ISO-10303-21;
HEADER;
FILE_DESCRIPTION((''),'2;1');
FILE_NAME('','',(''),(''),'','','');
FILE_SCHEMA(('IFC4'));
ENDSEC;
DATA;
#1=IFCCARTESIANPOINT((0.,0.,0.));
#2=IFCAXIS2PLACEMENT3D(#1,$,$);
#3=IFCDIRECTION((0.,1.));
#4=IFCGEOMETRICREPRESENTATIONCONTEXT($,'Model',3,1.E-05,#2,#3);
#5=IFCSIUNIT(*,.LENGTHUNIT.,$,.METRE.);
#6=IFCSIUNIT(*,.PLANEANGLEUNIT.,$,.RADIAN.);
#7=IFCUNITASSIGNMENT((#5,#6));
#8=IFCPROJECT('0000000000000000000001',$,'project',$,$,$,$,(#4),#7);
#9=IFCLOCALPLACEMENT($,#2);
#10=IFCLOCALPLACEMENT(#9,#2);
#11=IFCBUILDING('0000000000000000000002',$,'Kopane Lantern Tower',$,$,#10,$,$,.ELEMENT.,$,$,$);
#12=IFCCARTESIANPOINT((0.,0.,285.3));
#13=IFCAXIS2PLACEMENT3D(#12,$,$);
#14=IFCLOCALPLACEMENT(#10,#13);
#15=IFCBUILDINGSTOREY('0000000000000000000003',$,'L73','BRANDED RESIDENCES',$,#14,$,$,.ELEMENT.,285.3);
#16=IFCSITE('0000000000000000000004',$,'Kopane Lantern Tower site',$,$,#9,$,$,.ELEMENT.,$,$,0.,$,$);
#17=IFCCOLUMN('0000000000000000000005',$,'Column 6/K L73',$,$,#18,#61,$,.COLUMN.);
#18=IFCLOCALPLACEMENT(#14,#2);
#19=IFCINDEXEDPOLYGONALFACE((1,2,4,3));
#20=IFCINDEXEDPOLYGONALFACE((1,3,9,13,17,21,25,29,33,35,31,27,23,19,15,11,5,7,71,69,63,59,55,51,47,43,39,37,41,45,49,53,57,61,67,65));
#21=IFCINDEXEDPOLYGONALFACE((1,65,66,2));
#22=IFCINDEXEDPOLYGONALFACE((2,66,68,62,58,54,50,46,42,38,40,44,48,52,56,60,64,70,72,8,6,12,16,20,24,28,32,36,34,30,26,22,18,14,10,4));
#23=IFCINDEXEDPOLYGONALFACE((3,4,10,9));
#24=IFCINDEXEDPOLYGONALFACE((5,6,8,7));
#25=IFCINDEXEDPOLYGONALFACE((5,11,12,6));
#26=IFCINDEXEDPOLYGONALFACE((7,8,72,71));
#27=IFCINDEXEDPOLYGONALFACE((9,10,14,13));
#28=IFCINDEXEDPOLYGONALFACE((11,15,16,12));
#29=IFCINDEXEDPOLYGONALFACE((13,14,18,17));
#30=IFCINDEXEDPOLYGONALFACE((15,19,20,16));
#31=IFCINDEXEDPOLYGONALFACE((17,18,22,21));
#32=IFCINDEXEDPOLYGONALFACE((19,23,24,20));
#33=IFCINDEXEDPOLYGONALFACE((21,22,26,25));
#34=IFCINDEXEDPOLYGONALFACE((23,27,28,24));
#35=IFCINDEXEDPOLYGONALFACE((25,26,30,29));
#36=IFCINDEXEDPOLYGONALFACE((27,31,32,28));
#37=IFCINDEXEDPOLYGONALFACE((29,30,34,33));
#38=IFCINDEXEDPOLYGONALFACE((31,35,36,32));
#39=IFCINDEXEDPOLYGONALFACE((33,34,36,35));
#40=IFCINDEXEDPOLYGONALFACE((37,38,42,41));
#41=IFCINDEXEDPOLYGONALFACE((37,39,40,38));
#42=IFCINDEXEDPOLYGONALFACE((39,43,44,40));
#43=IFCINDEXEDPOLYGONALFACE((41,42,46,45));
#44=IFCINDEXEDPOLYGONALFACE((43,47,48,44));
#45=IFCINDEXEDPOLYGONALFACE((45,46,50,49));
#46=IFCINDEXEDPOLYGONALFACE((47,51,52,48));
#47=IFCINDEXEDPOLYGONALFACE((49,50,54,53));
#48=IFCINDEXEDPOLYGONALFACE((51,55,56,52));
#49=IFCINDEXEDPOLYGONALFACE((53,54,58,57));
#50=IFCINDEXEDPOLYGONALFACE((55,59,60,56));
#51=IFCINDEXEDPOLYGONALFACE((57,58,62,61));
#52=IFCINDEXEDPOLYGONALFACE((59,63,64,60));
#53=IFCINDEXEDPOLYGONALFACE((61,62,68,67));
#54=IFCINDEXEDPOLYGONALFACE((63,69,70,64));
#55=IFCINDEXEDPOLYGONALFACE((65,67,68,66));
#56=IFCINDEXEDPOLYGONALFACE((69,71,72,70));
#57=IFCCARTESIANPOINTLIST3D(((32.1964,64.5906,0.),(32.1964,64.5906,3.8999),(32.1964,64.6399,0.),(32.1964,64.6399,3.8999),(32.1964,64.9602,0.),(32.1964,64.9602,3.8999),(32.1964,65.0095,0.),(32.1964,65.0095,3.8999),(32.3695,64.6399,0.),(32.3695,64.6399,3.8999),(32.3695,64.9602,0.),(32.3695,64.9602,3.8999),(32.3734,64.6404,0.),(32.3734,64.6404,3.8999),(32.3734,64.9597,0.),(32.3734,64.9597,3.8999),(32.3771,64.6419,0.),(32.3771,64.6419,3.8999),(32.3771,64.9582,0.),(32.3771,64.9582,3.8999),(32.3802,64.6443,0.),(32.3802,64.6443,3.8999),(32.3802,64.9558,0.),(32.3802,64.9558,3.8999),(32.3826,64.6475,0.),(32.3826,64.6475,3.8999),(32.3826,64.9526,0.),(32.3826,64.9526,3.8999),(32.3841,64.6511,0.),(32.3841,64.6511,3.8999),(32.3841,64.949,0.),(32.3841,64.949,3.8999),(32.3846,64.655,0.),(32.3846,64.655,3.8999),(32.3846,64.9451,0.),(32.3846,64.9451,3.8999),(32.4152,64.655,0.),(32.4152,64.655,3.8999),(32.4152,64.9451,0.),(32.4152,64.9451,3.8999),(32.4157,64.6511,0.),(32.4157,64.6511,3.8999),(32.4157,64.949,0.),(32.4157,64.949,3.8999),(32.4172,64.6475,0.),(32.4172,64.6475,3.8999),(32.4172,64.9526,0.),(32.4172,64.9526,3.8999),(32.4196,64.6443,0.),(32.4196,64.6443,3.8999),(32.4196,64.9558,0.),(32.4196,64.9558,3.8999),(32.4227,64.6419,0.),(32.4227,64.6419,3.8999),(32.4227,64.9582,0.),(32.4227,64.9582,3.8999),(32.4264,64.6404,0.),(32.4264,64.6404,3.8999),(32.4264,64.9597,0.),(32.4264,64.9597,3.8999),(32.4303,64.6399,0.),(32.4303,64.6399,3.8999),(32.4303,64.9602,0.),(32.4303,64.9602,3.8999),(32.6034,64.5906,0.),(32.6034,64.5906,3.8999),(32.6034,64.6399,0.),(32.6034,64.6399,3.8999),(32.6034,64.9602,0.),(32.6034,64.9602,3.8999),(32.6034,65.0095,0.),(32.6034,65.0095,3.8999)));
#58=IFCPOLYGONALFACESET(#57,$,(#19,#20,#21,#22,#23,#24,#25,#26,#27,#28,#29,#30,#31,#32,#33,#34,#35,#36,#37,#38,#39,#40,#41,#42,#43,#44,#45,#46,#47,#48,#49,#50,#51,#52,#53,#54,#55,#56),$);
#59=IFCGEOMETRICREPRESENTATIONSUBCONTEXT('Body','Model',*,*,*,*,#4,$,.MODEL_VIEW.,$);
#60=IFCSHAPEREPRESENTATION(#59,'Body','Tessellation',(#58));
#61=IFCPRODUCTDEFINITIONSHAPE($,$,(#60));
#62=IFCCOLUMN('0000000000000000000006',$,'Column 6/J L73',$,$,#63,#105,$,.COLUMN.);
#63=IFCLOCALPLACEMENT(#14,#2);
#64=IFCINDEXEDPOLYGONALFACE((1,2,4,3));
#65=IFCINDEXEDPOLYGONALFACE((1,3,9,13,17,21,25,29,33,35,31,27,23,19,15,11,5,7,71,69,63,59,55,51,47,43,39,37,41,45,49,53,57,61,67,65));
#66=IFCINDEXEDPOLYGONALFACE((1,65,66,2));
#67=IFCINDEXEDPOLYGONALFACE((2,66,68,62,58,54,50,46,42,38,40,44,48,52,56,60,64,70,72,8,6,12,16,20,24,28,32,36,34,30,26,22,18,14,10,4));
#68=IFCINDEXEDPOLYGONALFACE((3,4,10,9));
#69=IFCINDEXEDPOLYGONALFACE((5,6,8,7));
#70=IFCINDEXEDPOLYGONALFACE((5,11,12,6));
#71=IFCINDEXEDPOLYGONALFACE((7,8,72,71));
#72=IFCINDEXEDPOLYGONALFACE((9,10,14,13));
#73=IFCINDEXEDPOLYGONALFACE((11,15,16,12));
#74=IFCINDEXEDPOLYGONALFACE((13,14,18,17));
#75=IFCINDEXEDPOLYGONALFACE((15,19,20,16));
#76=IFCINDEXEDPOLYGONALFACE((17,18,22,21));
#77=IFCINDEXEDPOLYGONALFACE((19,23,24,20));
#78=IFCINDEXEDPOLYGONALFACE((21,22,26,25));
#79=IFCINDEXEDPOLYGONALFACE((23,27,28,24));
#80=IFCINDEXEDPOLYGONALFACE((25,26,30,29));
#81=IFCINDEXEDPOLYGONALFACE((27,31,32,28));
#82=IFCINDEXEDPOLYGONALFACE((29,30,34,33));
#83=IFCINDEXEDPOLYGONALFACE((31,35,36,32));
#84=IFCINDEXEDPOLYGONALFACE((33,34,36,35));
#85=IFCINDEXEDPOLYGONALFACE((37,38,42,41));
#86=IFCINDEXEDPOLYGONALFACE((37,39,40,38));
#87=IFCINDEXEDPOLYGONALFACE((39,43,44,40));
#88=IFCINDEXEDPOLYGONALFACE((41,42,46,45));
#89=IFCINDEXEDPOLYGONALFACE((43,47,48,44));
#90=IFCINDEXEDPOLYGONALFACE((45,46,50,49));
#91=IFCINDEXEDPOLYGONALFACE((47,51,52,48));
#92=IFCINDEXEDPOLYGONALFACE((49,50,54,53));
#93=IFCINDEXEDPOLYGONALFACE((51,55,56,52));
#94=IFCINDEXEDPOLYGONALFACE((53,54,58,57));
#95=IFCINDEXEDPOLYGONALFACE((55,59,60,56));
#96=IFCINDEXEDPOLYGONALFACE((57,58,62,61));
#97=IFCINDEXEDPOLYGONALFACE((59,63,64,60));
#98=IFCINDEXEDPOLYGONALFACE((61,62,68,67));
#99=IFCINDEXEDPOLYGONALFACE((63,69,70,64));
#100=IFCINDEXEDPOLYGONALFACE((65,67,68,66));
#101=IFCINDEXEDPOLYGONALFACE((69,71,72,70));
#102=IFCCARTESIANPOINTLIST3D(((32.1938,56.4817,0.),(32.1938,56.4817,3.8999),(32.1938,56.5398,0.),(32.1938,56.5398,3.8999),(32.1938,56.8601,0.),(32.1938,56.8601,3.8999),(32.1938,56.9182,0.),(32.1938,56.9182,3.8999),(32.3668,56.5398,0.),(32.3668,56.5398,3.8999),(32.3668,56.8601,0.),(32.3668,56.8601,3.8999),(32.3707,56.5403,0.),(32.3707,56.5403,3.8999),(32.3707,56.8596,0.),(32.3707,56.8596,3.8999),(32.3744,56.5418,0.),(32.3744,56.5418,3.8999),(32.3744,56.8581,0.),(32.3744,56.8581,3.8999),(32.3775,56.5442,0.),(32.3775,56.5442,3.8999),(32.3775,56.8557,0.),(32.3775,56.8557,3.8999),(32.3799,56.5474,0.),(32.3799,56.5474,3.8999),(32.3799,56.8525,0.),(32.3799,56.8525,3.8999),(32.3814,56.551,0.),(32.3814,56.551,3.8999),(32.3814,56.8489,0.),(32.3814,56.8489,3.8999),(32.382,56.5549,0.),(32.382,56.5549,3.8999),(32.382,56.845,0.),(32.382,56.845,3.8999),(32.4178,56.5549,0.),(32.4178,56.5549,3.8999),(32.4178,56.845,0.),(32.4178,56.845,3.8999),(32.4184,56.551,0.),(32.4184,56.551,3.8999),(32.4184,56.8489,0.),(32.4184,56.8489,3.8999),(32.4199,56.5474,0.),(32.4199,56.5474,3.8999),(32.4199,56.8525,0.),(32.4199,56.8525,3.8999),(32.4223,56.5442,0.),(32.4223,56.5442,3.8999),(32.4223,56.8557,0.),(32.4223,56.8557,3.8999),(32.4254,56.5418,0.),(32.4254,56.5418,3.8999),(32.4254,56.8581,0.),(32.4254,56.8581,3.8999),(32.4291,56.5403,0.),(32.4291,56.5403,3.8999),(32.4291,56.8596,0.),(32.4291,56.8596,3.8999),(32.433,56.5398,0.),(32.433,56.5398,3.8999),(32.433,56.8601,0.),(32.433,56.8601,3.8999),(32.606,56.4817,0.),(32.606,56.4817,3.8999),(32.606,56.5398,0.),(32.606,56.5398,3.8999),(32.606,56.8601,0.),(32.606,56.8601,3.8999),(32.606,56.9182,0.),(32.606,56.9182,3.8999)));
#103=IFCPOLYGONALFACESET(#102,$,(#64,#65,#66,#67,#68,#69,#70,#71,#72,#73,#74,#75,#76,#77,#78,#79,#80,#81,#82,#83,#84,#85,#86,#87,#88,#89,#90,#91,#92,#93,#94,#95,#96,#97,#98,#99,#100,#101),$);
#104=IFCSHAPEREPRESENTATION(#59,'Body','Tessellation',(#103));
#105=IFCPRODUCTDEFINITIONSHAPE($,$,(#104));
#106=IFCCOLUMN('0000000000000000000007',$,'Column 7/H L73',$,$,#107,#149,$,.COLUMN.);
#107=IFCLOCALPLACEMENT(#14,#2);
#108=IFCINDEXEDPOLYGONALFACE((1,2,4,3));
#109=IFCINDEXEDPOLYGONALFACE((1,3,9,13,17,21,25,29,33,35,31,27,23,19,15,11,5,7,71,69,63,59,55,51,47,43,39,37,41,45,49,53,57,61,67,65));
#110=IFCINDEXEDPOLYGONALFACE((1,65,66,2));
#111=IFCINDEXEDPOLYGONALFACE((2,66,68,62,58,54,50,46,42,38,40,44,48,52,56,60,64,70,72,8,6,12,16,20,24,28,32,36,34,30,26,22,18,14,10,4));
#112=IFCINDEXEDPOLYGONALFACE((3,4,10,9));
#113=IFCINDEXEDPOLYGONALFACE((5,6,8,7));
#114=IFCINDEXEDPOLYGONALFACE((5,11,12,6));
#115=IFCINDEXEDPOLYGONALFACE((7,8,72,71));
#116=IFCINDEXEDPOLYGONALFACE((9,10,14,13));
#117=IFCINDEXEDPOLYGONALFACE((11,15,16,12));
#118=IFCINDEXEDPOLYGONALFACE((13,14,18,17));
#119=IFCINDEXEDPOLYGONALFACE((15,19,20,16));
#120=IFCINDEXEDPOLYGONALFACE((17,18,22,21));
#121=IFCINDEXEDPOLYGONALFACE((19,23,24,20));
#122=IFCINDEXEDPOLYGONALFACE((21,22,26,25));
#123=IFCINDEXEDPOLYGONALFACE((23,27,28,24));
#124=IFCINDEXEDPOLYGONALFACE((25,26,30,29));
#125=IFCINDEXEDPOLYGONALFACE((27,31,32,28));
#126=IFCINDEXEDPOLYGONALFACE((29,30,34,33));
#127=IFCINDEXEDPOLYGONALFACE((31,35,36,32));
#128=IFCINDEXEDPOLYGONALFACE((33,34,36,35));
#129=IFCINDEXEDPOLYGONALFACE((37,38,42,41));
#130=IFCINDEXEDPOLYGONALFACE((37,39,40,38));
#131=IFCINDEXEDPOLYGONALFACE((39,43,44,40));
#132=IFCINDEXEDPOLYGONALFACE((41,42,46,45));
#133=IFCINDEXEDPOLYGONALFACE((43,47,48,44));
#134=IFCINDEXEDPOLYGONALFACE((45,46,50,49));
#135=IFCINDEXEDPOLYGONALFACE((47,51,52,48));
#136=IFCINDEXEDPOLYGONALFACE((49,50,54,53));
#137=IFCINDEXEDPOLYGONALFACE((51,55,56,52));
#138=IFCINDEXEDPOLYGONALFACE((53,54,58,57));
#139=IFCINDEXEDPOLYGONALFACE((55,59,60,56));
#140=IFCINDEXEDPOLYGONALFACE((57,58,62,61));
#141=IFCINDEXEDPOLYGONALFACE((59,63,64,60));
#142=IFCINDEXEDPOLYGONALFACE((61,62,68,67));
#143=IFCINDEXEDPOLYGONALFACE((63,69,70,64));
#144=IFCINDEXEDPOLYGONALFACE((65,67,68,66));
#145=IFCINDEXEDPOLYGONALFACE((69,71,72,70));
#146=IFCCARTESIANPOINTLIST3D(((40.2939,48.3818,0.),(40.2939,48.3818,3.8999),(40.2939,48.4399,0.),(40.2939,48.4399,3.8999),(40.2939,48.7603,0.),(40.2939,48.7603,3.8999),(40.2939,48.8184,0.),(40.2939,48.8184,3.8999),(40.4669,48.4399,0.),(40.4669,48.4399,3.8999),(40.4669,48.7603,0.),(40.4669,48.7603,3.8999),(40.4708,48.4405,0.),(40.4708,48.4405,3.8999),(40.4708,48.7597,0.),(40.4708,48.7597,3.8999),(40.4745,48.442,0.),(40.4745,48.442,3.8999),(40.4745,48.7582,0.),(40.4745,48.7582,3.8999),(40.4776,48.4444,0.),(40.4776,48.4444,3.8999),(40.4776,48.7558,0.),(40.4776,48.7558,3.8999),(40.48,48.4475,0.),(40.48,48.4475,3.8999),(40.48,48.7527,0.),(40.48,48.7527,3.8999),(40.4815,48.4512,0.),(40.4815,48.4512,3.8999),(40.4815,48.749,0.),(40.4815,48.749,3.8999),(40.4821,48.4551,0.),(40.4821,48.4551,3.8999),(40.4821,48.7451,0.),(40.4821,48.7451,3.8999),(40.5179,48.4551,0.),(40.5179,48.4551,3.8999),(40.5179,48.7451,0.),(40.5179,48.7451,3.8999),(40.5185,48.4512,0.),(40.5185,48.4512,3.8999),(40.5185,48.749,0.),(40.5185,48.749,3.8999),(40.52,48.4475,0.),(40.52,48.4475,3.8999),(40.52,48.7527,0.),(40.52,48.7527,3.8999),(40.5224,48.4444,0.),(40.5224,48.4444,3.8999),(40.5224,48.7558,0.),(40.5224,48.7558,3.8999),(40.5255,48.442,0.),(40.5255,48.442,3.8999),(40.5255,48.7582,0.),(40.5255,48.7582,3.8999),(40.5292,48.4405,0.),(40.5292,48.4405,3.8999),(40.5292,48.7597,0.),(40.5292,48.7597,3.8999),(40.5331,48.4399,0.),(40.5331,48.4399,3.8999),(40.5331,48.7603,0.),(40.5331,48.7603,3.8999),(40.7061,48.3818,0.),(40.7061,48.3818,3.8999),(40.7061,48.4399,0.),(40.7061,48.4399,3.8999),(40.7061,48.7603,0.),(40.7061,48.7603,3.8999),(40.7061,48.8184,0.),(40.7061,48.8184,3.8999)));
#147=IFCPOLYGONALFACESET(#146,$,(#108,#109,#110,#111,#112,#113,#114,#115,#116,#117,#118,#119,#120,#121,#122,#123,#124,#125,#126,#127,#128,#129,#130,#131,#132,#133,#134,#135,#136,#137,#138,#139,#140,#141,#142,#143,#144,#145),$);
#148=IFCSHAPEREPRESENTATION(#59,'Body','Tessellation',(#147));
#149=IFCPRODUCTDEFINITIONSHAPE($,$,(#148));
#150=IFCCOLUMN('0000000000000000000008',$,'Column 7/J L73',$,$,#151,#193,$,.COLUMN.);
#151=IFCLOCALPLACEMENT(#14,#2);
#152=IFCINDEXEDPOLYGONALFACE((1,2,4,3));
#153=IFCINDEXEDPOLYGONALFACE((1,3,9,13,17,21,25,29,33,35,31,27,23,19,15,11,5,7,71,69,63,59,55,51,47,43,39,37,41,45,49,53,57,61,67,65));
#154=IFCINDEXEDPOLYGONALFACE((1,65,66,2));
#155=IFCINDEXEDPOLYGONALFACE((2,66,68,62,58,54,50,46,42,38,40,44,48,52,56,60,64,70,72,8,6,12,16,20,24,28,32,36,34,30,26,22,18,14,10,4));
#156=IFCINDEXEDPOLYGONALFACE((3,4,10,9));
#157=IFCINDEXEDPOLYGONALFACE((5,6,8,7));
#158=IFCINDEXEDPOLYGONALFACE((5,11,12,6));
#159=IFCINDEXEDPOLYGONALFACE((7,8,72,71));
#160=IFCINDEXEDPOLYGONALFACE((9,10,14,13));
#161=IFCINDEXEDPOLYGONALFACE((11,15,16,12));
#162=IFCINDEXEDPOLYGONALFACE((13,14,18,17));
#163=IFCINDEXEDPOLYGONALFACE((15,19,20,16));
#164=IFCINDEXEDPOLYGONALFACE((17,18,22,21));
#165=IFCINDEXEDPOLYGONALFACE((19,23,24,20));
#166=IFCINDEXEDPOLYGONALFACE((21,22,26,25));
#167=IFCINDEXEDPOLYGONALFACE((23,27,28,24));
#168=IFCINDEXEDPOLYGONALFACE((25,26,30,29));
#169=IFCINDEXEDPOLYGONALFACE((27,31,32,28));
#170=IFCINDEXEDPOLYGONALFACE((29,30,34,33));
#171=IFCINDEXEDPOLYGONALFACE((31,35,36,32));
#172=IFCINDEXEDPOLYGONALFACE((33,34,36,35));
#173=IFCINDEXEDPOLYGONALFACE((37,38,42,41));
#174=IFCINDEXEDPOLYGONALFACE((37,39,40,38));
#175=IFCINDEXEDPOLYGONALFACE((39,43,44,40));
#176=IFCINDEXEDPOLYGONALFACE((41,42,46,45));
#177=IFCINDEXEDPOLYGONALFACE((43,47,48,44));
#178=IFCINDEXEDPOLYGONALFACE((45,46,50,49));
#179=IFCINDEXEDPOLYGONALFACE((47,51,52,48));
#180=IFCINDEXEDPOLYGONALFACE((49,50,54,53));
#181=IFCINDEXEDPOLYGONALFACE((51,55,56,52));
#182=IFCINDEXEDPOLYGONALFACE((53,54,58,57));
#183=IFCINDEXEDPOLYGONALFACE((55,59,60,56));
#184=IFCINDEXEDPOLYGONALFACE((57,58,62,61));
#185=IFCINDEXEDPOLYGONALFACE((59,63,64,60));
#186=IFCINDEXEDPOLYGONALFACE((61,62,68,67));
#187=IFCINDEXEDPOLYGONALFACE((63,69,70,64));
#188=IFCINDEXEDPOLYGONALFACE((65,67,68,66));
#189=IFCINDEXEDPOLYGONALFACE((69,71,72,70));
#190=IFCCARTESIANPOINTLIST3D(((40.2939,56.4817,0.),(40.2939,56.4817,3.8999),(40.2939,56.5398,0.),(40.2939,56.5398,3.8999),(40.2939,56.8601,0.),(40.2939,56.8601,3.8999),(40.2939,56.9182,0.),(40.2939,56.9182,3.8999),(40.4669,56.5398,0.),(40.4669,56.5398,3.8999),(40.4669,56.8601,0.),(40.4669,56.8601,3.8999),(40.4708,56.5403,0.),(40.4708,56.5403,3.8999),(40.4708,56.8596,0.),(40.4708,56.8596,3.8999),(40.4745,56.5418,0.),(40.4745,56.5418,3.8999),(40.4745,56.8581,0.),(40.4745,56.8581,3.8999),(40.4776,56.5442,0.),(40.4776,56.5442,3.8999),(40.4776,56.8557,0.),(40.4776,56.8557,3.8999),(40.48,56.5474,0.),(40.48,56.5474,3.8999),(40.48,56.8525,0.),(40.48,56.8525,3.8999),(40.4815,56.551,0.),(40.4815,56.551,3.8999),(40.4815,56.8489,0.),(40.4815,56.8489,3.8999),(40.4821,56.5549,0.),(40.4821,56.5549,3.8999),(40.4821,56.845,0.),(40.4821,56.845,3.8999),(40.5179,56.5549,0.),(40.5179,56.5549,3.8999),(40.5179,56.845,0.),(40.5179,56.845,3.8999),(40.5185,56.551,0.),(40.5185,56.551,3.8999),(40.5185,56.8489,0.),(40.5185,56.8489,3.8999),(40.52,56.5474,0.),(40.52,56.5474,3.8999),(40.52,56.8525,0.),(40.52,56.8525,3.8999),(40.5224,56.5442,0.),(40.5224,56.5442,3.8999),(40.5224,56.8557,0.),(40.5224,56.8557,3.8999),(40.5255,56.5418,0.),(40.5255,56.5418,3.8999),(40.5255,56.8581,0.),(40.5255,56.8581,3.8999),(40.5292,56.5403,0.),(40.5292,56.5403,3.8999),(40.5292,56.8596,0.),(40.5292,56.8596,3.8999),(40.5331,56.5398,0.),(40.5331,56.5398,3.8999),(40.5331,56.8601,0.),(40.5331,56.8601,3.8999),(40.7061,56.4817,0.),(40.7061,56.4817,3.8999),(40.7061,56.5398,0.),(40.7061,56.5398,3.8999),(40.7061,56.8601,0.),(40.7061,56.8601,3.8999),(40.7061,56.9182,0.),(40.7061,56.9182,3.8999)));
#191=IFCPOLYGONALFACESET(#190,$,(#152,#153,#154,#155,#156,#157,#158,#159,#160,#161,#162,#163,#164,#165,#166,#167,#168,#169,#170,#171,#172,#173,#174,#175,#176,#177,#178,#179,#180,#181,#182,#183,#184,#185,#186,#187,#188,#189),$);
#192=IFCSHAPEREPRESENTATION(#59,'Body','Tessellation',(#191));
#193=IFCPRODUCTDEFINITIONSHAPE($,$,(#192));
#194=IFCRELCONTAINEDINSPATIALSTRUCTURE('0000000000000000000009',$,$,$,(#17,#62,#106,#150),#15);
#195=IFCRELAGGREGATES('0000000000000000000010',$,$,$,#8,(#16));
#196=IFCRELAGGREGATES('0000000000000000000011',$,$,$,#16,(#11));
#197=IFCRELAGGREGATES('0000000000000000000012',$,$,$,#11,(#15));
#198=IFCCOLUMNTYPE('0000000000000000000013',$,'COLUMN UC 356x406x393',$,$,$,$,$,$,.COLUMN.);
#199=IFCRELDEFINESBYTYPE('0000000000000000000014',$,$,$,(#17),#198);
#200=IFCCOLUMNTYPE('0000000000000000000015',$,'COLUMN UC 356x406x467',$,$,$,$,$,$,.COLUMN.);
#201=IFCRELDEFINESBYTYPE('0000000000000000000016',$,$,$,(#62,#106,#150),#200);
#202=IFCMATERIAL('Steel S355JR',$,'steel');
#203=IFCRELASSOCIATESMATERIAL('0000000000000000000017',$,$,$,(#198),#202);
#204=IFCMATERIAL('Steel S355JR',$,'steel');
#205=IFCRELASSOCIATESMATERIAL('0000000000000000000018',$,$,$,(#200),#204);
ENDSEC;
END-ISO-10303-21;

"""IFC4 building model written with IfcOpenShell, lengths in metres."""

from ifc_helpers import new_model, si_unit, direction, frame, origin, origin_2d, place, context, subcontext, project, spatial, i_section, extrude, material, material_profile, profile_set, type_object, element, save


model = new_model("IFC4")

# Units and contexts
model_context = context("Model", 3, precision=1e-05, world=origin(), true_north=direction((0.0, 1.0)))
body_context = subcontext(model_context, "Body", "Model", "MODEL_VIEW")
ifc_project = project(units=[si_unit("LENGTHUNIT", "METRE"), si_unit("PLANEANGLEUNIT", "RADIAN")], contexts=[model_context])

# Site, building, storey
site_placement = place(None, origin())
site = spatial("IfcSite", under=ifc_project, at=site_placement, Name="Kopane Lantern Tower site", CompositionType="ELEMENT", RefElevation=0.0)
building_placement = place(site_placement, origin())
building = spatial("IfcBuilding", under=site, at=building_placement, Name="Kopane Lantern Tower", CompositionType="ELEMENT")
storey_placement = place(building_placement, frame((0.0, 0.0, 285.3)))
storey = spatial("IfcBuildingStorey", under=building, at=storey_placement, Name="L73", Description="BRANDED RESIDENCES", CompositionType="ELEMENT", Elevation=285.3)

# Columns
ifc_material_1 = material(Name="Steel S355JR", Category="steel")
ifc_material_profile_1 = material_profile(ifc_material_1, i_section(OverallWidth=0.407, OverallDepth=0.4189, WebThickness=0.0305, FlangeThickness=0.0493, FilletRadius=0.0151, at=origin_2d()), Name="UC 356x406x393")
ifc_profile_set_1 = profile_set([ifc_material_profile_1], Name="Steel S355JR")
column_type_1 = type_object("IfcColumnType", Name="COLUMN UC 356x406x393", PredefinedType="COLUMN", material=ifc_profile_set_1)
column_placement = place(storey_placement, frame((32.3999, 64.8, 0.0), z_axis=(0.0, 0.0, 1.0), x_axis=(1.0, 0.0, 0.0)))
element("IfcColumn", 1, at=column_placement, inside=storey, type_object=column_type_1, Name="Column 6/K L73", PredefinedType="COLUMN", context=body_context, shape_type="SweptSolid", body=[
    extrude(i_section(OverallWidth=0.407, OverallDepth=0.4189, WebThickness=0.0305, FlangeThickness=0.0493, FilletRadius=0.0151, at=origin_2d()), origin(), (0.0, 0.0, 1.0), 3.8999),
])
ifc_material_2 = material(Name="Steel S355JR", Category="steel")
ifc_material_profile_2 = material_profile(ifc_material_2, i_section(OverallWidth=0.4121, OverallDepth=0.4365, WebThickness=0.0359, FlangeThickness=0.0581, FilletRadius=0.0151, at=origin_2d()), Name="UC 356x406x467")
ifc_profile_set_2 = profile_set([ifc_material_profile_2], Name="Steel S355JR")
column_type_2 = type_object("IfcColumnType", Name="COLUMN UC 356x406x467", PredefinedType="COLUMN", material=ifc_profile_set_2)
for number, where, z_axis, x_axis, name in (
    (2, (32.3999, 56.7, 0.0), (0.0, 0.0, 1.0), (1.0, 0.0, 0.0), "Column 6/J L73"),
    (3, (40.5, 48.6001, 0.0), (0.0, 0.0, 1.0), (1.0, 0.0, 0.0), "Column 7/H L73"),
    (4, (40.5, 56.7, 0.0), (0.0, 0.0, 1.0), (1.0, 0.0, 0.0), "Column 7/J L73"),
):
    element("IfcColumn", number, at=place(storey_placement, frame(where, z_axis=z_axis, x_axis=x_axis)), inside=storey, type_object=column_type_2, Name=name, PredefinedType="COLUMN", context=body_context, shape_type="SweptSolid", body=[
        extrude(i_section(OverallWidth=0.4121, OverallDepth=0.4365, WebThickness=0.0359, FlangeThickness=0.0581, FilletRadius=0.0151, at=origin_2d()), origin(), (0.0, 0.0, 1.0), 3.8999),
    ])

save(model, "model.ifc")
